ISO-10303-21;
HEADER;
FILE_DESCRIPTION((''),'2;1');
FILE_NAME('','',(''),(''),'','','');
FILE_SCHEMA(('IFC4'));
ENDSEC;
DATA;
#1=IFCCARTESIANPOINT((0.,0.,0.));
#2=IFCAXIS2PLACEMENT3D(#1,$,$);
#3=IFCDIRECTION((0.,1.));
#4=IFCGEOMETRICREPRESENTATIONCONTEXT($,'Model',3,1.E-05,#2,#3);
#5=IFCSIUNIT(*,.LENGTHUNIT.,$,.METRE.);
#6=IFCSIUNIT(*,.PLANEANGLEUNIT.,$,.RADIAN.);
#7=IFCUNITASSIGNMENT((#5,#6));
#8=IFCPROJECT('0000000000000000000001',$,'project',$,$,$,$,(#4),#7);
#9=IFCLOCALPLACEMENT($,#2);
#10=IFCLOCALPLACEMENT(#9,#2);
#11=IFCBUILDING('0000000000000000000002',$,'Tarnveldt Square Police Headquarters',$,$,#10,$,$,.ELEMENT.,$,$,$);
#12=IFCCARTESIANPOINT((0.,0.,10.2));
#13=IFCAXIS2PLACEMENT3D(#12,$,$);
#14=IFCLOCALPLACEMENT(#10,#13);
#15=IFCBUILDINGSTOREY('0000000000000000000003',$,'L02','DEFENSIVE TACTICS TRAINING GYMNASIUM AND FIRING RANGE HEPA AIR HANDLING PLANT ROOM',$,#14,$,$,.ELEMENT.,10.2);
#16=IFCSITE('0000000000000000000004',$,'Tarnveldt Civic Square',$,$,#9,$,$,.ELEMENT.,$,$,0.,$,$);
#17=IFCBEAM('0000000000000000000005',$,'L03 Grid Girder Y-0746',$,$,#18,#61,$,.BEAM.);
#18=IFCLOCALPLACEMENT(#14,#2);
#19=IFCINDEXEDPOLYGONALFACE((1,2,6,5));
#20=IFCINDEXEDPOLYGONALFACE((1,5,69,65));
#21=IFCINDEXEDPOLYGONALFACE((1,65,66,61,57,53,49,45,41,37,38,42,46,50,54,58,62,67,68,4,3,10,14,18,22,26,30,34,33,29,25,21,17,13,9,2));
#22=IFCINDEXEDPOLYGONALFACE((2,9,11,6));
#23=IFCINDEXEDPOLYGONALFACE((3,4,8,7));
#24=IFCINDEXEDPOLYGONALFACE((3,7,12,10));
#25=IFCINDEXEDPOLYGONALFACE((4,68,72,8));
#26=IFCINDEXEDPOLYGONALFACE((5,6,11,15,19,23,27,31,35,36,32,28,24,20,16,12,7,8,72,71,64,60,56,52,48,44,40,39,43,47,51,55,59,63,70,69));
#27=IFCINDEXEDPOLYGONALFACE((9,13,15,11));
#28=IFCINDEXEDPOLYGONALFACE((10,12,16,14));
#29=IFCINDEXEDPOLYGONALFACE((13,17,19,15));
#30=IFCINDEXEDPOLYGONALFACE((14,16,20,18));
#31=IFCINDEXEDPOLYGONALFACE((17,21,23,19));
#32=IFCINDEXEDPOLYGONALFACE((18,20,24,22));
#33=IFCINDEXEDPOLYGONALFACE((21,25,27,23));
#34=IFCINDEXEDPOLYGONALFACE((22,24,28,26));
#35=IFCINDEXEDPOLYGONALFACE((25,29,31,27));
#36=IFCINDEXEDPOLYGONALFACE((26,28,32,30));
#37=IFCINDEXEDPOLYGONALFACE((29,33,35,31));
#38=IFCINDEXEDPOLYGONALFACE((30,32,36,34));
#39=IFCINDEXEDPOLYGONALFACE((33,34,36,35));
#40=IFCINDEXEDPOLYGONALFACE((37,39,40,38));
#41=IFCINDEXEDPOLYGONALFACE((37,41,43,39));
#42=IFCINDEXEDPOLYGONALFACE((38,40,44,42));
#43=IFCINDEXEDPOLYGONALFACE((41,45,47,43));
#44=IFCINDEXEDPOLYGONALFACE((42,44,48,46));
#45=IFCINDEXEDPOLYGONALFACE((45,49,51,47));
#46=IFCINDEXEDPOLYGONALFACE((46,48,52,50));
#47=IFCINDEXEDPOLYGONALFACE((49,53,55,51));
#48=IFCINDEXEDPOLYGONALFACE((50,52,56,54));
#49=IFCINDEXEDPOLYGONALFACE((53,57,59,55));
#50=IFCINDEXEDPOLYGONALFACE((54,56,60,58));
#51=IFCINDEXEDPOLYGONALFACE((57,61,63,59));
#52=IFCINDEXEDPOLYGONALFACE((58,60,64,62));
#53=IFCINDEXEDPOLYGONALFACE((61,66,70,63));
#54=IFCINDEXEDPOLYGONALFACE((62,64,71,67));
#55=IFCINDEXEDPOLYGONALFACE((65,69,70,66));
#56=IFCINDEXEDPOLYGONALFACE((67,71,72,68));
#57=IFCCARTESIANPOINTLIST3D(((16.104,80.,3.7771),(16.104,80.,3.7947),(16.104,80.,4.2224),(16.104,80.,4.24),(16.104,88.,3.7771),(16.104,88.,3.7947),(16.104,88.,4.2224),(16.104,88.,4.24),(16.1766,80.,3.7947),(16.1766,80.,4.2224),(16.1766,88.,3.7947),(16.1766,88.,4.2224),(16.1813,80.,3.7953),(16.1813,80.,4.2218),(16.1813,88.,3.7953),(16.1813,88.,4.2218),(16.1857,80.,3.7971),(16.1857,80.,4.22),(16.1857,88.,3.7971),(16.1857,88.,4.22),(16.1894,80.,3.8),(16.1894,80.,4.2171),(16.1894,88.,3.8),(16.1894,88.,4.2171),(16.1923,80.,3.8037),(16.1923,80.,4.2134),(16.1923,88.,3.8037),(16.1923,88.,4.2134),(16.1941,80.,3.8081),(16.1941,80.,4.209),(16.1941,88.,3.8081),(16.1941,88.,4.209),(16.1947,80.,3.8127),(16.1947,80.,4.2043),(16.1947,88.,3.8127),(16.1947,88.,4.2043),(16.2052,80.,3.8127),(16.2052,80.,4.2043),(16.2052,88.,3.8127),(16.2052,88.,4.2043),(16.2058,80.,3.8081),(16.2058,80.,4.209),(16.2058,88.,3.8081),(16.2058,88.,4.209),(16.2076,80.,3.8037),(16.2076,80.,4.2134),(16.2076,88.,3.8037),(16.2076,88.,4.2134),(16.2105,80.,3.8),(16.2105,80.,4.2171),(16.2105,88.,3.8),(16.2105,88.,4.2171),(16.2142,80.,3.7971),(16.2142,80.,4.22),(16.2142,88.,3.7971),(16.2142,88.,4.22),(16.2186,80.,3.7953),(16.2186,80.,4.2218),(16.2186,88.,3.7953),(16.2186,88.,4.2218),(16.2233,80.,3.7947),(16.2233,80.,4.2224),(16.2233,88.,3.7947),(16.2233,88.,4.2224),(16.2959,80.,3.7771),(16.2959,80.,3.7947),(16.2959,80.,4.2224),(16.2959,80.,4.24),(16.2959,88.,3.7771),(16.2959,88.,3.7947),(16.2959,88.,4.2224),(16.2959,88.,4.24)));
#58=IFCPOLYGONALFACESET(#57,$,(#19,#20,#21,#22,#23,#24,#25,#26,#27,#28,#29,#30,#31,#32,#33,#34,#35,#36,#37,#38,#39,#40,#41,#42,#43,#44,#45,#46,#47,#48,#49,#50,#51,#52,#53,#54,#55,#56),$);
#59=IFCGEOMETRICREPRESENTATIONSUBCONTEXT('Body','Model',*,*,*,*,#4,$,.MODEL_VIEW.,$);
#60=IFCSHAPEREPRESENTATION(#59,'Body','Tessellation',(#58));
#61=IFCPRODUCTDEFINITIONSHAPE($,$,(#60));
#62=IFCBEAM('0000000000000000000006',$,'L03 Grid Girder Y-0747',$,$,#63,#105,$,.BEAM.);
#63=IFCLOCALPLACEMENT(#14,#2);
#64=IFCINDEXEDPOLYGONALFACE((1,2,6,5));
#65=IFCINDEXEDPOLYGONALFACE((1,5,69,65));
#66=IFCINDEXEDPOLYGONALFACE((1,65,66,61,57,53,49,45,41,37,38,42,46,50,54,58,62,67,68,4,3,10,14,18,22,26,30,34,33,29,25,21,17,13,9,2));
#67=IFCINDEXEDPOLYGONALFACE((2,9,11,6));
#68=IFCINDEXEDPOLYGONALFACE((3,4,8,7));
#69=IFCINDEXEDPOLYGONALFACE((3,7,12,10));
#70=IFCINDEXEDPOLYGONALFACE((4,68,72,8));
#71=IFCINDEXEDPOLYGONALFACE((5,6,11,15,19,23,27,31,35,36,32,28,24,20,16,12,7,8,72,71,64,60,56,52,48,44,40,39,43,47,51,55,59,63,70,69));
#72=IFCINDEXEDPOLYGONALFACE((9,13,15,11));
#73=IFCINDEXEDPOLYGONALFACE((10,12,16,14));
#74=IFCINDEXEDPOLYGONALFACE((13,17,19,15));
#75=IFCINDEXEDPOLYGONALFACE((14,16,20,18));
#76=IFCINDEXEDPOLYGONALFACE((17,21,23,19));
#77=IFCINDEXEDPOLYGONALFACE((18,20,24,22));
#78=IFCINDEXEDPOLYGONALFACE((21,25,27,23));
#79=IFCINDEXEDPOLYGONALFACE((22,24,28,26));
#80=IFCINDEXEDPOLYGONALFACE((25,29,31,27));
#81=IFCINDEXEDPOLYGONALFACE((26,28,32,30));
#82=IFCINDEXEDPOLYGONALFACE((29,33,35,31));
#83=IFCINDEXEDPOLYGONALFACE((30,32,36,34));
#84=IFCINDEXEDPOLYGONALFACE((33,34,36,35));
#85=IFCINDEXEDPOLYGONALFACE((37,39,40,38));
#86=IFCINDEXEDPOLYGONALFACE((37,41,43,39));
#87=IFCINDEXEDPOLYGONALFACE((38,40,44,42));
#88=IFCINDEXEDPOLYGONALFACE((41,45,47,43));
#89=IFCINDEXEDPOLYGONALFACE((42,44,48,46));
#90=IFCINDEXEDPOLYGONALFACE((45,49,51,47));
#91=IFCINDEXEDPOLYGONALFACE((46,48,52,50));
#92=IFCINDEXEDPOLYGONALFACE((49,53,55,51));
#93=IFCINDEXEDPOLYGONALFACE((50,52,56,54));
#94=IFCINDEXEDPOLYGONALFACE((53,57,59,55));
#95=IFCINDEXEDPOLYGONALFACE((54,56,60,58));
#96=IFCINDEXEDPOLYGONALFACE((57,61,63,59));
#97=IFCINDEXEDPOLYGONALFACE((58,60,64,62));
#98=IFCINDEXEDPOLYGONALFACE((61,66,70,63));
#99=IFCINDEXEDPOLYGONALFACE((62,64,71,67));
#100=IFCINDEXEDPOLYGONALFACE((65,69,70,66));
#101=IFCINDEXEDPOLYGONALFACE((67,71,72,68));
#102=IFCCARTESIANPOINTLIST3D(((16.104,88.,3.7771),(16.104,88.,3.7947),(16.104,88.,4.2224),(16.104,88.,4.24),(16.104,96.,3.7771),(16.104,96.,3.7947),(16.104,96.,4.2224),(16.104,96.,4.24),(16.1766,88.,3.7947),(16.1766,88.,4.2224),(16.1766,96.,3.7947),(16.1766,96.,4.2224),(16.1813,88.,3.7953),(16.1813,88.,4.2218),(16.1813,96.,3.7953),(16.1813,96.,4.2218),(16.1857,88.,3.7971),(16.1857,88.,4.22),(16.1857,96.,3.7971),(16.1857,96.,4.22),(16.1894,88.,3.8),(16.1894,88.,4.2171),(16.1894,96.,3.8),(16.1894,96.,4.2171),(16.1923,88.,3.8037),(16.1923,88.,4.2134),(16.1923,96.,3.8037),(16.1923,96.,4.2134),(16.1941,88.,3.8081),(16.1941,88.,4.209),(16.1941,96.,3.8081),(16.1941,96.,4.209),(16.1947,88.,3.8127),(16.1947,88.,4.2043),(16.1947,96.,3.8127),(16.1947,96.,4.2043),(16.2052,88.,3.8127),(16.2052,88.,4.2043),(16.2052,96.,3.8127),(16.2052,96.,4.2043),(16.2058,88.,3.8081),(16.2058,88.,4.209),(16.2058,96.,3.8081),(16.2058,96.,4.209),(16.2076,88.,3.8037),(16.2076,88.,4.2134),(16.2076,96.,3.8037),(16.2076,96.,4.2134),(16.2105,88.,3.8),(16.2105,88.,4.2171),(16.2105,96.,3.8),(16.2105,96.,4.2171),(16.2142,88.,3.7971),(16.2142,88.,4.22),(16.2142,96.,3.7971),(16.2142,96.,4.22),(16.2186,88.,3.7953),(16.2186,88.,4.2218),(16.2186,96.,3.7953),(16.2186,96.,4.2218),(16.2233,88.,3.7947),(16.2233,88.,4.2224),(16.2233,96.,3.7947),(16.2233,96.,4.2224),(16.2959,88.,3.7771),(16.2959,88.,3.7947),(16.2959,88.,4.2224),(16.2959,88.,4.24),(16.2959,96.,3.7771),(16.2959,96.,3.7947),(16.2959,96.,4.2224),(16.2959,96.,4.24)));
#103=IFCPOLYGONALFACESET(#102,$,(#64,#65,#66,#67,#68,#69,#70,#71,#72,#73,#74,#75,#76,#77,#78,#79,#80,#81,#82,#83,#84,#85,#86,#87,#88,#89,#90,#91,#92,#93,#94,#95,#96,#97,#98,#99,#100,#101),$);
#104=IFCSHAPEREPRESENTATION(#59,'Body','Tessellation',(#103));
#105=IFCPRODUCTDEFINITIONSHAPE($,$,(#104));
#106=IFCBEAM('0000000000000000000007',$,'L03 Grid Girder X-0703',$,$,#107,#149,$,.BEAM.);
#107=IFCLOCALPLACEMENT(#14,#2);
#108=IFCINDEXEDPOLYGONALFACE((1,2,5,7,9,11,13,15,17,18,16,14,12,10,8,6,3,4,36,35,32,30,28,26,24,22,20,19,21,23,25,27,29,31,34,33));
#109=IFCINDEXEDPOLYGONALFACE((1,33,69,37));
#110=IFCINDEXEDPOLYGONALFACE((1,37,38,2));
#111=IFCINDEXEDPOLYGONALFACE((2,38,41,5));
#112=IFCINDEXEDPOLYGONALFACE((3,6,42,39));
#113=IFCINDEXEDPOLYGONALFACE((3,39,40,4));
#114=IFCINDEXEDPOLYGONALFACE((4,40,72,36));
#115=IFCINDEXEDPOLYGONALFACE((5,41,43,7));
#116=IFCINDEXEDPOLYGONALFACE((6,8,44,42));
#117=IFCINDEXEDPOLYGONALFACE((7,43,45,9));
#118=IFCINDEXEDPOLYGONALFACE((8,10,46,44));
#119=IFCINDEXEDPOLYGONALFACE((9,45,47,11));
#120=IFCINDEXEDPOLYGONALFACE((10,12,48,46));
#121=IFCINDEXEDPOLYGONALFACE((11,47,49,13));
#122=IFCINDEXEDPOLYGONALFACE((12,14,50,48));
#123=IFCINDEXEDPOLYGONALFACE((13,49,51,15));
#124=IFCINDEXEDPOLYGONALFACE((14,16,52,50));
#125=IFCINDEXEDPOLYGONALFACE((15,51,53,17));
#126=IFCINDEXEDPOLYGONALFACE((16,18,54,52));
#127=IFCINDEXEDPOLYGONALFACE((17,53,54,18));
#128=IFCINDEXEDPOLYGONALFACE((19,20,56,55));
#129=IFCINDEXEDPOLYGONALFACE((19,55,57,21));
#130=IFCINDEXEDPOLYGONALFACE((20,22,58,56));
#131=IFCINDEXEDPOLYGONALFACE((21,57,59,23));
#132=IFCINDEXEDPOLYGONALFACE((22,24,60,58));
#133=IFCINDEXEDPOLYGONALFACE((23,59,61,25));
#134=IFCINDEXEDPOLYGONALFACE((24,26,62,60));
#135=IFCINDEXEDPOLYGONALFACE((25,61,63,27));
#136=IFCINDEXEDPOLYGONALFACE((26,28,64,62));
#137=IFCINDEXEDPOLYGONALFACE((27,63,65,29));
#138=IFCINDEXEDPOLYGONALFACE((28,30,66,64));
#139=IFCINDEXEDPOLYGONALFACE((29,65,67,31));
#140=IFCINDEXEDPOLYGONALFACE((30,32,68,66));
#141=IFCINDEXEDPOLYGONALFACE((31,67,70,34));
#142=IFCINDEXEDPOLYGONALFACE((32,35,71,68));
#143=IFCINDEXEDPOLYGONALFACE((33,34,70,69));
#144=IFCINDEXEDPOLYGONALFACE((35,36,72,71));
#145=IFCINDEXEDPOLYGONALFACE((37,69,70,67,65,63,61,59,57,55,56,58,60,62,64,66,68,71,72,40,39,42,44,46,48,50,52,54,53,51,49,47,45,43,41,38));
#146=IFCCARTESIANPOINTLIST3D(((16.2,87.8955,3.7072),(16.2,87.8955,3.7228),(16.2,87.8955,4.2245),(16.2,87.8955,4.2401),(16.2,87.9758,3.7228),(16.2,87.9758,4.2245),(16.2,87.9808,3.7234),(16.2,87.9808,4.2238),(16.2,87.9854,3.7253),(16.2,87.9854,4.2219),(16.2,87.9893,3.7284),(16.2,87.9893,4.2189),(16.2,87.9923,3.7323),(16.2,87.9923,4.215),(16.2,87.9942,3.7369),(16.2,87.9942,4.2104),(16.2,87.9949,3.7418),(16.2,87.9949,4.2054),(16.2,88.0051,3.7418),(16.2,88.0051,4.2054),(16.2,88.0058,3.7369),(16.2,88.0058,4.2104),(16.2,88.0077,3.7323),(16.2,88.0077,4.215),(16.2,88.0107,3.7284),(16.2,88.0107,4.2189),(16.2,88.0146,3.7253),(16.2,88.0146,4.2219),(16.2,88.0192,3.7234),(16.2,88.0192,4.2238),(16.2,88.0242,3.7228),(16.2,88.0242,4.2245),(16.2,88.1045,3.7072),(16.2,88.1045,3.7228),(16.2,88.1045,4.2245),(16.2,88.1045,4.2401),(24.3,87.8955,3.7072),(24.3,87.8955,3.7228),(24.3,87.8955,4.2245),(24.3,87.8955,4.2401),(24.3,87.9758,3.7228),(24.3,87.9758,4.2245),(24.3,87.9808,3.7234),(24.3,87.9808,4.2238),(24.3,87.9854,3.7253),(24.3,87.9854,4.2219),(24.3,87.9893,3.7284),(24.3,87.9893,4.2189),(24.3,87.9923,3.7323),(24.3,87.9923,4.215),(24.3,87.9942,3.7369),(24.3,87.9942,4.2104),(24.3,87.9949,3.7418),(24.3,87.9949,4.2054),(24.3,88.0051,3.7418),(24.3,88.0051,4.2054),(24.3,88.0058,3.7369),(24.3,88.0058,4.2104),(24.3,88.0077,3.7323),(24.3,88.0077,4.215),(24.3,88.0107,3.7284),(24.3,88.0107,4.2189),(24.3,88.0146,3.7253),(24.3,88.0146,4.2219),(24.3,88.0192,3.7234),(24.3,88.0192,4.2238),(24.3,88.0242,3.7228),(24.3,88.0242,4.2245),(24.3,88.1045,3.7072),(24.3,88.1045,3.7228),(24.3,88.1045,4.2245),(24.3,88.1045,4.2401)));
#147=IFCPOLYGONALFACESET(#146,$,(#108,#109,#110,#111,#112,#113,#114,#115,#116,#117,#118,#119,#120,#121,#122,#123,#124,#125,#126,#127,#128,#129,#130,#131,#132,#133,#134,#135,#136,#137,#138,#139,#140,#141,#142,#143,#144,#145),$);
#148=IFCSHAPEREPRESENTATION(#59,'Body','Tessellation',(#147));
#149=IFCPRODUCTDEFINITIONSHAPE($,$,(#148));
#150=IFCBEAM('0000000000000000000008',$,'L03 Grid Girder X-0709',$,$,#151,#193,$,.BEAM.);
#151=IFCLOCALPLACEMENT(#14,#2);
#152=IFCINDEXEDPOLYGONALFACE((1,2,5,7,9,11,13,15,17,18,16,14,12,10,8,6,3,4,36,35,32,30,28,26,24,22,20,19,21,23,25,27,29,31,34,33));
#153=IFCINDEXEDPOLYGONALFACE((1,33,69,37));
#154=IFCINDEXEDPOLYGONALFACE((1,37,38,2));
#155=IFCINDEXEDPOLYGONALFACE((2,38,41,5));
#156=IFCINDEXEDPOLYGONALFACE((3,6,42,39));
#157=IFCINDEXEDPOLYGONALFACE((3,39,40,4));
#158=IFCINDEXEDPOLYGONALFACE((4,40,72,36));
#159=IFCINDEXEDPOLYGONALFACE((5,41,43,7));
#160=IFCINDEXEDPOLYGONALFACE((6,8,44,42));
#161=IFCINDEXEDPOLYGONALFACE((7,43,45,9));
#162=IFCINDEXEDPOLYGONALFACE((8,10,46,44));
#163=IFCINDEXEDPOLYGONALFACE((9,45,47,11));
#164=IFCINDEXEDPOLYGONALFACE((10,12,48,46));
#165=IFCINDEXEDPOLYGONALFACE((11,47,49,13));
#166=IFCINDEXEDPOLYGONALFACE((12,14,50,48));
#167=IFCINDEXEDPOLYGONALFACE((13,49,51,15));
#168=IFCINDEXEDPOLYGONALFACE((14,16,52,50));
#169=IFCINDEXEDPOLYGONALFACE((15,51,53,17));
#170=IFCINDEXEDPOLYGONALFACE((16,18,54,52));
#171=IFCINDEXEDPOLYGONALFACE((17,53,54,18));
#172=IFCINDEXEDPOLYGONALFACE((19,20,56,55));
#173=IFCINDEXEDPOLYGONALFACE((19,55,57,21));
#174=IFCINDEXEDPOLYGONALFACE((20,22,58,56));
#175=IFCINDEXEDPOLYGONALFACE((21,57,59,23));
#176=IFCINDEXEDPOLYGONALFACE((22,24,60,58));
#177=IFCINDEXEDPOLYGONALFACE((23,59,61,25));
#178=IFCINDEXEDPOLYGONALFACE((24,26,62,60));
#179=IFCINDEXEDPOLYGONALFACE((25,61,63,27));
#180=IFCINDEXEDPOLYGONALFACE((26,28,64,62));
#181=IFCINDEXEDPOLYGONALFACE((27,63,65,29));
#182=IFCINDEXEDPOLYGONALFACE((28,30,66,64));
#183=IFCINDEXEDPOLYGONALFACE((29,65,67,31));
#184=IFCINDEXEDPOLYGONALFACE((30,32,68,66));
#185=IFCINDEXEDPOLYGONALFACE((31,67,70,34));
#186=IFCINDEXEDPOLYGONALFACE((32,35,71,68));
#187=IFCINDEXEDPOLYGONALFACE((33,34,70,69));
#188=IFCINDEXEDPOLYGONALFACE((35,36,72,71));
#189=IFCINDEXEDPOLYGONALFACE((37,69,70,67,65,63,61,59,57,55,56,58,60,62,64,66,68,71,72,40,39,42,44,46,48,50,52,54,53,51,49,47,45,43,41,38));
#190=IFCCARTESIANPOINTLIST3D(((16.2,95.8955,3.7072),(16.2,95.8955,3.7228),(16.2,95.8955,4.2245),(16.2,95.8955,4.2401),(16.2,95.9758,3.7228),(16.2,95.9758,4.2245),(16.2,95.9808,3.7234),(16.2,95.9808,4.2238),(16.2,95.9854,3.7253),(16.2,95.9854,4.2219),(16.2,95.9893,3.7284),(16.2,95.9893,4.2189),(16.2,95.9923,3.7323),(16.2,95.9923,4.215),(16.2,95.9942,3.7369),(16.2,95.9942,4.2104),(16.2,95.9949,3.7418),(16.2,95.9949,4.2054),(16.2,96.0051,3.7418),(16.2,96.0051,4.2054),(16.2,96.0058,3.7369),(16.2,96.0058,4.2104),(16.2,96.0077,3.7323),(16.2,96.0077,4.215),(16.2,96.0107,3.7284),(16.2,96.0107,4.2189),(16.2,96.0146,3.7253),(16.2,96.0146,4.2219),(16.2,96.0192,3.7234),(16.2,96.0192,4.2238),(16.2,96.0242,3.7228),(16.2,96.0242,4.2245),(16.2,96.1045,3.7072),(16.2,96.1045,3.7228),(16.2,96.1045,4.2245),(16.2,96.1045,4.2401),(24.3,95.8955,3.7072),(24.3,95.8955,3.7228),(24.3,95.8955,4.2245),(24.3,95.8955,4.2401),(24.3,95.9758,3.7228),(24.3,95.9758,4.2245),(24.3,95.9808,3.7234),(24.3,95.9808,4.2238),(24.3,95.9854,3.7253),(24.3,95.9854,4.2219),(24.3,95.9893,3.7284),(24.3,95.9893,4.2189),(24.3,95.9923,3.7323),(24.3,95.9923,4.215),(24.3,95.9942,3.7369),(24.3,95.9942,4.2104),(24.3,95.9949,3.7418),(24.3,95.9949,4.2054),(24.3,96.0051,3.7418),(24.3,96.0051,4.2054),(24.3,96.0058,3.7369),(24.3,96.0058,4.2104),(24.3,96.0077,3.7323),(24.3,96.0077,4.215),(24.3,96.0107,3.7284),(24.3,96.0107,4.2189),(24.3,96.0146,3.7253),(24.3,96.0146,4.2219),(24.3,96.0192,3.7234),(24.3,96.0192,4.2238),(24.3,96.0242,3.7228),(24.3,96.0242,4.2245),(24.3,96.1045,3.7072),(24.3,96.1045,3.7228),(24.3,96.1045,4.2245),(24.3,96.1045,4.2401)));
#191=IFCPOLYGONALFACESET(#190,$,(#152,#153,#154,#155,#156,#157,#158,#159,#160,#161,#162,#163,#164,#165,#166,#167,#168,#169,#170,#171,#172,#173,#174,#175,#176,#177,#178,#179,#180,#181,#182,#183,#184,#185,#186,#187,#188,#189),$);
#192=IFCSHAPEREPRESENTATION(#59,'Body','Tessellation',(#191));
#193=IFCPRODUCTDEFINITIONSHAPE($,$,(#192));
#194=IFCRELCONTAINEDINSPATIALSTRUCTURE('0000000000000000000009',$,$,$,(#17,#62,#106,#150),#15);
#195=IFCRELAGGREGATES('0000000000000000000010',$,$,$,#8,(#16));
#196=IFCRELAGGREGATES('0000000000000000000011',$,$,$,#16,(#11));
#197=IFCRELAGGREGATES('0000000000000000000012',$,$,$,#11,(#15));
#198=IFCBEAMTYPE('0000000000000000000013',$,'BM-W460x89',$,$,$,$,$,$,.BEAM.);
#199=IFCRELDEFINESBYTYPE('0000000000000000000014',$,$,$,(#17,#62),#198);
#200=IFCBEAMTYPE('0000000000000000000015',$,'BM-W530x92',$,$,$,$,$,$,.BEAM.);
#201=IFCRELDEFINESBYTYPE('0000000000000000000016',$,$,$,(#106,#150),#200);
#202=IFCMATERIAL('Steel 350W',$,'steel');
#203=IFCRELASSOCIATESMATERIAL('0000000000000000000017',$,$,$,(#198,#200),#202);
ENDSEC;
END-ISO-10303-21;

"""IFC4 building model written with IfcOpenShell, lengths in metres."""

from ifc_helpers import new_model, si_unit, direction, frame, origin, origin_2d, place, context, subcontext, project, spatial, i_section, extrude, material, material_profile, profile_set, type_object, element, save


model = new_model("IFC4")

# Units and contexts
model_context = context("Model", 3, precision=1e-05, world=origin(), true_north=direction((0.0, 1.0)))
body_context = subcontext(model_context, "Body", "Model", "MODEL_VIEW")
ifc_project = project(units=[si_unit("LENGTHUNIT", "METRE"), si_unit("PLANEANGLEUNIT", "RADIAN")], contexts=[model_context])

# Site, building, storey
site_placement = place(None, origin())
site = spatial("IfcSite", under=ifc_project, at=site_placement, Name="Tarnveldt Civic Square", CompositionType="ELEMENT", RefElevation=0.0)
building_placement = place(site_placement, origin())
building = spatial("IfcBuilding", under=site, at=building_placement, Name="Tarnveldt Square Police Headquarters", CompositionType="ELEMENT")
storey_placement = place(building_placement, frame((0.0, 0.0, 10.2)))
storey = spatial("IfcBuildingStorey", under=building, at=storey_placement, Name="L02", Description="DEFENSIVE TACTICS TRAINING GYMNASIUM AND FIRING RANGE HEPA AIR HANDLING PLANT ROOM", CompositionType="ELEMENT", Elevation=10.2)

# Beams
ifc_material_1 = material(Name="Steel 350W", Category="steel")
ifc_material_profile_1 = material_profile(ifc_material_1, i_section(OverallWidth=0.1919, OverallDepth=0.4629, WebThickness=0.0105, FlangeThickness=0.0176, FilletRadius=0.0181, at=origin_2d()), Name="W460x89")
ifc_profile_set_1 = profile_set([ifc_material_profile_1], Name="Steel 350W")
beam_type_1 = type_object("IfcBeamType", Name="BM-W460x89", PredefinedType="BEAM", material=ifc_profile_set_1)
for number, where, z_axis, x_axis, name in (
    (1, (16.2, 80.0, 4.0085), (0.0, 1.0, 0.0), (-1.0, 0.0, 0.0), "L03 Grid Girder Y-0746"),
    (2, (16.2, 88.0, 4.0085), (0.0, 1.0, 0.0), (-1.0, 0.0, 0.0), "L03 Grid Girder Y-0747"),
):
    element("IfcBeam", number, at=place(storey_placement, frame(where, z_axis=z_axis, x_axis=x_axis)), inside=storey, type_object=beam_type_1, Name=name, PredefinedType="BEAM", context=body_context, shape_type="SweptSolid", body=[
        extrude(i_section(OverallWidth=0.1919, OverallDepth=0.4629, WebThickness=0.0105, FlangeThickness=0.0176, FilletRadius=0.0181, at=origin_2d()), origin(), (0.0, 0.0, 1.0), 8.0),
    ])
ifc_material_profile_2 = material_profile(ifc_material_1, i_section(OverallWidth=0.209, OverallDepth=0.533, WebThickness=0.0103, FlangeThickness=0.0156, FilletRadius=0.019, at=origin_2d()), Name="W530x92")
ifc_profile_set_2 = profile_set([ifc_material_profile_2], Name="Steel 350W")
beam_type_2 = type_object("IfcBeamType", Name="BM-W530x92", PredefinedType="BEAM", material=ifc_profile_set_2)
for number, where, z_axis, x_axis, name in (
    (3, (16.2, 88.0, 3.9736), (1.0, 0.0, 0.0), (0.0, 1.0, 0.0), "L03 Grid Girder X-0703"),
    (4, (16.2, 96.0, 3.9736), (1.0, 0.0, 0.0), (0.0, 1.0, 0.0), "L03 Grid Girder X-0709"),
):
    element("IfcBeam", number, at=place(storey_placement, frame(where, z_axis=z_axis, x_axis=x_axis)), inside=storey, type_object=beam_type_2, Name=name, PredefinedType="BEAM", context=body_context, shape_type="SweptSolid", body=[
        extrude(i_section(OverallWidth=0.209, OverallDepth=0.533, WebThickness=0.0103, FlangeThickness=0.0156, FilletRadius=0.019, at=origin_2d()), origin(), (0.0, 0.0, 1.0), 8.1001),
    ])

save(model, "model.ifc")
